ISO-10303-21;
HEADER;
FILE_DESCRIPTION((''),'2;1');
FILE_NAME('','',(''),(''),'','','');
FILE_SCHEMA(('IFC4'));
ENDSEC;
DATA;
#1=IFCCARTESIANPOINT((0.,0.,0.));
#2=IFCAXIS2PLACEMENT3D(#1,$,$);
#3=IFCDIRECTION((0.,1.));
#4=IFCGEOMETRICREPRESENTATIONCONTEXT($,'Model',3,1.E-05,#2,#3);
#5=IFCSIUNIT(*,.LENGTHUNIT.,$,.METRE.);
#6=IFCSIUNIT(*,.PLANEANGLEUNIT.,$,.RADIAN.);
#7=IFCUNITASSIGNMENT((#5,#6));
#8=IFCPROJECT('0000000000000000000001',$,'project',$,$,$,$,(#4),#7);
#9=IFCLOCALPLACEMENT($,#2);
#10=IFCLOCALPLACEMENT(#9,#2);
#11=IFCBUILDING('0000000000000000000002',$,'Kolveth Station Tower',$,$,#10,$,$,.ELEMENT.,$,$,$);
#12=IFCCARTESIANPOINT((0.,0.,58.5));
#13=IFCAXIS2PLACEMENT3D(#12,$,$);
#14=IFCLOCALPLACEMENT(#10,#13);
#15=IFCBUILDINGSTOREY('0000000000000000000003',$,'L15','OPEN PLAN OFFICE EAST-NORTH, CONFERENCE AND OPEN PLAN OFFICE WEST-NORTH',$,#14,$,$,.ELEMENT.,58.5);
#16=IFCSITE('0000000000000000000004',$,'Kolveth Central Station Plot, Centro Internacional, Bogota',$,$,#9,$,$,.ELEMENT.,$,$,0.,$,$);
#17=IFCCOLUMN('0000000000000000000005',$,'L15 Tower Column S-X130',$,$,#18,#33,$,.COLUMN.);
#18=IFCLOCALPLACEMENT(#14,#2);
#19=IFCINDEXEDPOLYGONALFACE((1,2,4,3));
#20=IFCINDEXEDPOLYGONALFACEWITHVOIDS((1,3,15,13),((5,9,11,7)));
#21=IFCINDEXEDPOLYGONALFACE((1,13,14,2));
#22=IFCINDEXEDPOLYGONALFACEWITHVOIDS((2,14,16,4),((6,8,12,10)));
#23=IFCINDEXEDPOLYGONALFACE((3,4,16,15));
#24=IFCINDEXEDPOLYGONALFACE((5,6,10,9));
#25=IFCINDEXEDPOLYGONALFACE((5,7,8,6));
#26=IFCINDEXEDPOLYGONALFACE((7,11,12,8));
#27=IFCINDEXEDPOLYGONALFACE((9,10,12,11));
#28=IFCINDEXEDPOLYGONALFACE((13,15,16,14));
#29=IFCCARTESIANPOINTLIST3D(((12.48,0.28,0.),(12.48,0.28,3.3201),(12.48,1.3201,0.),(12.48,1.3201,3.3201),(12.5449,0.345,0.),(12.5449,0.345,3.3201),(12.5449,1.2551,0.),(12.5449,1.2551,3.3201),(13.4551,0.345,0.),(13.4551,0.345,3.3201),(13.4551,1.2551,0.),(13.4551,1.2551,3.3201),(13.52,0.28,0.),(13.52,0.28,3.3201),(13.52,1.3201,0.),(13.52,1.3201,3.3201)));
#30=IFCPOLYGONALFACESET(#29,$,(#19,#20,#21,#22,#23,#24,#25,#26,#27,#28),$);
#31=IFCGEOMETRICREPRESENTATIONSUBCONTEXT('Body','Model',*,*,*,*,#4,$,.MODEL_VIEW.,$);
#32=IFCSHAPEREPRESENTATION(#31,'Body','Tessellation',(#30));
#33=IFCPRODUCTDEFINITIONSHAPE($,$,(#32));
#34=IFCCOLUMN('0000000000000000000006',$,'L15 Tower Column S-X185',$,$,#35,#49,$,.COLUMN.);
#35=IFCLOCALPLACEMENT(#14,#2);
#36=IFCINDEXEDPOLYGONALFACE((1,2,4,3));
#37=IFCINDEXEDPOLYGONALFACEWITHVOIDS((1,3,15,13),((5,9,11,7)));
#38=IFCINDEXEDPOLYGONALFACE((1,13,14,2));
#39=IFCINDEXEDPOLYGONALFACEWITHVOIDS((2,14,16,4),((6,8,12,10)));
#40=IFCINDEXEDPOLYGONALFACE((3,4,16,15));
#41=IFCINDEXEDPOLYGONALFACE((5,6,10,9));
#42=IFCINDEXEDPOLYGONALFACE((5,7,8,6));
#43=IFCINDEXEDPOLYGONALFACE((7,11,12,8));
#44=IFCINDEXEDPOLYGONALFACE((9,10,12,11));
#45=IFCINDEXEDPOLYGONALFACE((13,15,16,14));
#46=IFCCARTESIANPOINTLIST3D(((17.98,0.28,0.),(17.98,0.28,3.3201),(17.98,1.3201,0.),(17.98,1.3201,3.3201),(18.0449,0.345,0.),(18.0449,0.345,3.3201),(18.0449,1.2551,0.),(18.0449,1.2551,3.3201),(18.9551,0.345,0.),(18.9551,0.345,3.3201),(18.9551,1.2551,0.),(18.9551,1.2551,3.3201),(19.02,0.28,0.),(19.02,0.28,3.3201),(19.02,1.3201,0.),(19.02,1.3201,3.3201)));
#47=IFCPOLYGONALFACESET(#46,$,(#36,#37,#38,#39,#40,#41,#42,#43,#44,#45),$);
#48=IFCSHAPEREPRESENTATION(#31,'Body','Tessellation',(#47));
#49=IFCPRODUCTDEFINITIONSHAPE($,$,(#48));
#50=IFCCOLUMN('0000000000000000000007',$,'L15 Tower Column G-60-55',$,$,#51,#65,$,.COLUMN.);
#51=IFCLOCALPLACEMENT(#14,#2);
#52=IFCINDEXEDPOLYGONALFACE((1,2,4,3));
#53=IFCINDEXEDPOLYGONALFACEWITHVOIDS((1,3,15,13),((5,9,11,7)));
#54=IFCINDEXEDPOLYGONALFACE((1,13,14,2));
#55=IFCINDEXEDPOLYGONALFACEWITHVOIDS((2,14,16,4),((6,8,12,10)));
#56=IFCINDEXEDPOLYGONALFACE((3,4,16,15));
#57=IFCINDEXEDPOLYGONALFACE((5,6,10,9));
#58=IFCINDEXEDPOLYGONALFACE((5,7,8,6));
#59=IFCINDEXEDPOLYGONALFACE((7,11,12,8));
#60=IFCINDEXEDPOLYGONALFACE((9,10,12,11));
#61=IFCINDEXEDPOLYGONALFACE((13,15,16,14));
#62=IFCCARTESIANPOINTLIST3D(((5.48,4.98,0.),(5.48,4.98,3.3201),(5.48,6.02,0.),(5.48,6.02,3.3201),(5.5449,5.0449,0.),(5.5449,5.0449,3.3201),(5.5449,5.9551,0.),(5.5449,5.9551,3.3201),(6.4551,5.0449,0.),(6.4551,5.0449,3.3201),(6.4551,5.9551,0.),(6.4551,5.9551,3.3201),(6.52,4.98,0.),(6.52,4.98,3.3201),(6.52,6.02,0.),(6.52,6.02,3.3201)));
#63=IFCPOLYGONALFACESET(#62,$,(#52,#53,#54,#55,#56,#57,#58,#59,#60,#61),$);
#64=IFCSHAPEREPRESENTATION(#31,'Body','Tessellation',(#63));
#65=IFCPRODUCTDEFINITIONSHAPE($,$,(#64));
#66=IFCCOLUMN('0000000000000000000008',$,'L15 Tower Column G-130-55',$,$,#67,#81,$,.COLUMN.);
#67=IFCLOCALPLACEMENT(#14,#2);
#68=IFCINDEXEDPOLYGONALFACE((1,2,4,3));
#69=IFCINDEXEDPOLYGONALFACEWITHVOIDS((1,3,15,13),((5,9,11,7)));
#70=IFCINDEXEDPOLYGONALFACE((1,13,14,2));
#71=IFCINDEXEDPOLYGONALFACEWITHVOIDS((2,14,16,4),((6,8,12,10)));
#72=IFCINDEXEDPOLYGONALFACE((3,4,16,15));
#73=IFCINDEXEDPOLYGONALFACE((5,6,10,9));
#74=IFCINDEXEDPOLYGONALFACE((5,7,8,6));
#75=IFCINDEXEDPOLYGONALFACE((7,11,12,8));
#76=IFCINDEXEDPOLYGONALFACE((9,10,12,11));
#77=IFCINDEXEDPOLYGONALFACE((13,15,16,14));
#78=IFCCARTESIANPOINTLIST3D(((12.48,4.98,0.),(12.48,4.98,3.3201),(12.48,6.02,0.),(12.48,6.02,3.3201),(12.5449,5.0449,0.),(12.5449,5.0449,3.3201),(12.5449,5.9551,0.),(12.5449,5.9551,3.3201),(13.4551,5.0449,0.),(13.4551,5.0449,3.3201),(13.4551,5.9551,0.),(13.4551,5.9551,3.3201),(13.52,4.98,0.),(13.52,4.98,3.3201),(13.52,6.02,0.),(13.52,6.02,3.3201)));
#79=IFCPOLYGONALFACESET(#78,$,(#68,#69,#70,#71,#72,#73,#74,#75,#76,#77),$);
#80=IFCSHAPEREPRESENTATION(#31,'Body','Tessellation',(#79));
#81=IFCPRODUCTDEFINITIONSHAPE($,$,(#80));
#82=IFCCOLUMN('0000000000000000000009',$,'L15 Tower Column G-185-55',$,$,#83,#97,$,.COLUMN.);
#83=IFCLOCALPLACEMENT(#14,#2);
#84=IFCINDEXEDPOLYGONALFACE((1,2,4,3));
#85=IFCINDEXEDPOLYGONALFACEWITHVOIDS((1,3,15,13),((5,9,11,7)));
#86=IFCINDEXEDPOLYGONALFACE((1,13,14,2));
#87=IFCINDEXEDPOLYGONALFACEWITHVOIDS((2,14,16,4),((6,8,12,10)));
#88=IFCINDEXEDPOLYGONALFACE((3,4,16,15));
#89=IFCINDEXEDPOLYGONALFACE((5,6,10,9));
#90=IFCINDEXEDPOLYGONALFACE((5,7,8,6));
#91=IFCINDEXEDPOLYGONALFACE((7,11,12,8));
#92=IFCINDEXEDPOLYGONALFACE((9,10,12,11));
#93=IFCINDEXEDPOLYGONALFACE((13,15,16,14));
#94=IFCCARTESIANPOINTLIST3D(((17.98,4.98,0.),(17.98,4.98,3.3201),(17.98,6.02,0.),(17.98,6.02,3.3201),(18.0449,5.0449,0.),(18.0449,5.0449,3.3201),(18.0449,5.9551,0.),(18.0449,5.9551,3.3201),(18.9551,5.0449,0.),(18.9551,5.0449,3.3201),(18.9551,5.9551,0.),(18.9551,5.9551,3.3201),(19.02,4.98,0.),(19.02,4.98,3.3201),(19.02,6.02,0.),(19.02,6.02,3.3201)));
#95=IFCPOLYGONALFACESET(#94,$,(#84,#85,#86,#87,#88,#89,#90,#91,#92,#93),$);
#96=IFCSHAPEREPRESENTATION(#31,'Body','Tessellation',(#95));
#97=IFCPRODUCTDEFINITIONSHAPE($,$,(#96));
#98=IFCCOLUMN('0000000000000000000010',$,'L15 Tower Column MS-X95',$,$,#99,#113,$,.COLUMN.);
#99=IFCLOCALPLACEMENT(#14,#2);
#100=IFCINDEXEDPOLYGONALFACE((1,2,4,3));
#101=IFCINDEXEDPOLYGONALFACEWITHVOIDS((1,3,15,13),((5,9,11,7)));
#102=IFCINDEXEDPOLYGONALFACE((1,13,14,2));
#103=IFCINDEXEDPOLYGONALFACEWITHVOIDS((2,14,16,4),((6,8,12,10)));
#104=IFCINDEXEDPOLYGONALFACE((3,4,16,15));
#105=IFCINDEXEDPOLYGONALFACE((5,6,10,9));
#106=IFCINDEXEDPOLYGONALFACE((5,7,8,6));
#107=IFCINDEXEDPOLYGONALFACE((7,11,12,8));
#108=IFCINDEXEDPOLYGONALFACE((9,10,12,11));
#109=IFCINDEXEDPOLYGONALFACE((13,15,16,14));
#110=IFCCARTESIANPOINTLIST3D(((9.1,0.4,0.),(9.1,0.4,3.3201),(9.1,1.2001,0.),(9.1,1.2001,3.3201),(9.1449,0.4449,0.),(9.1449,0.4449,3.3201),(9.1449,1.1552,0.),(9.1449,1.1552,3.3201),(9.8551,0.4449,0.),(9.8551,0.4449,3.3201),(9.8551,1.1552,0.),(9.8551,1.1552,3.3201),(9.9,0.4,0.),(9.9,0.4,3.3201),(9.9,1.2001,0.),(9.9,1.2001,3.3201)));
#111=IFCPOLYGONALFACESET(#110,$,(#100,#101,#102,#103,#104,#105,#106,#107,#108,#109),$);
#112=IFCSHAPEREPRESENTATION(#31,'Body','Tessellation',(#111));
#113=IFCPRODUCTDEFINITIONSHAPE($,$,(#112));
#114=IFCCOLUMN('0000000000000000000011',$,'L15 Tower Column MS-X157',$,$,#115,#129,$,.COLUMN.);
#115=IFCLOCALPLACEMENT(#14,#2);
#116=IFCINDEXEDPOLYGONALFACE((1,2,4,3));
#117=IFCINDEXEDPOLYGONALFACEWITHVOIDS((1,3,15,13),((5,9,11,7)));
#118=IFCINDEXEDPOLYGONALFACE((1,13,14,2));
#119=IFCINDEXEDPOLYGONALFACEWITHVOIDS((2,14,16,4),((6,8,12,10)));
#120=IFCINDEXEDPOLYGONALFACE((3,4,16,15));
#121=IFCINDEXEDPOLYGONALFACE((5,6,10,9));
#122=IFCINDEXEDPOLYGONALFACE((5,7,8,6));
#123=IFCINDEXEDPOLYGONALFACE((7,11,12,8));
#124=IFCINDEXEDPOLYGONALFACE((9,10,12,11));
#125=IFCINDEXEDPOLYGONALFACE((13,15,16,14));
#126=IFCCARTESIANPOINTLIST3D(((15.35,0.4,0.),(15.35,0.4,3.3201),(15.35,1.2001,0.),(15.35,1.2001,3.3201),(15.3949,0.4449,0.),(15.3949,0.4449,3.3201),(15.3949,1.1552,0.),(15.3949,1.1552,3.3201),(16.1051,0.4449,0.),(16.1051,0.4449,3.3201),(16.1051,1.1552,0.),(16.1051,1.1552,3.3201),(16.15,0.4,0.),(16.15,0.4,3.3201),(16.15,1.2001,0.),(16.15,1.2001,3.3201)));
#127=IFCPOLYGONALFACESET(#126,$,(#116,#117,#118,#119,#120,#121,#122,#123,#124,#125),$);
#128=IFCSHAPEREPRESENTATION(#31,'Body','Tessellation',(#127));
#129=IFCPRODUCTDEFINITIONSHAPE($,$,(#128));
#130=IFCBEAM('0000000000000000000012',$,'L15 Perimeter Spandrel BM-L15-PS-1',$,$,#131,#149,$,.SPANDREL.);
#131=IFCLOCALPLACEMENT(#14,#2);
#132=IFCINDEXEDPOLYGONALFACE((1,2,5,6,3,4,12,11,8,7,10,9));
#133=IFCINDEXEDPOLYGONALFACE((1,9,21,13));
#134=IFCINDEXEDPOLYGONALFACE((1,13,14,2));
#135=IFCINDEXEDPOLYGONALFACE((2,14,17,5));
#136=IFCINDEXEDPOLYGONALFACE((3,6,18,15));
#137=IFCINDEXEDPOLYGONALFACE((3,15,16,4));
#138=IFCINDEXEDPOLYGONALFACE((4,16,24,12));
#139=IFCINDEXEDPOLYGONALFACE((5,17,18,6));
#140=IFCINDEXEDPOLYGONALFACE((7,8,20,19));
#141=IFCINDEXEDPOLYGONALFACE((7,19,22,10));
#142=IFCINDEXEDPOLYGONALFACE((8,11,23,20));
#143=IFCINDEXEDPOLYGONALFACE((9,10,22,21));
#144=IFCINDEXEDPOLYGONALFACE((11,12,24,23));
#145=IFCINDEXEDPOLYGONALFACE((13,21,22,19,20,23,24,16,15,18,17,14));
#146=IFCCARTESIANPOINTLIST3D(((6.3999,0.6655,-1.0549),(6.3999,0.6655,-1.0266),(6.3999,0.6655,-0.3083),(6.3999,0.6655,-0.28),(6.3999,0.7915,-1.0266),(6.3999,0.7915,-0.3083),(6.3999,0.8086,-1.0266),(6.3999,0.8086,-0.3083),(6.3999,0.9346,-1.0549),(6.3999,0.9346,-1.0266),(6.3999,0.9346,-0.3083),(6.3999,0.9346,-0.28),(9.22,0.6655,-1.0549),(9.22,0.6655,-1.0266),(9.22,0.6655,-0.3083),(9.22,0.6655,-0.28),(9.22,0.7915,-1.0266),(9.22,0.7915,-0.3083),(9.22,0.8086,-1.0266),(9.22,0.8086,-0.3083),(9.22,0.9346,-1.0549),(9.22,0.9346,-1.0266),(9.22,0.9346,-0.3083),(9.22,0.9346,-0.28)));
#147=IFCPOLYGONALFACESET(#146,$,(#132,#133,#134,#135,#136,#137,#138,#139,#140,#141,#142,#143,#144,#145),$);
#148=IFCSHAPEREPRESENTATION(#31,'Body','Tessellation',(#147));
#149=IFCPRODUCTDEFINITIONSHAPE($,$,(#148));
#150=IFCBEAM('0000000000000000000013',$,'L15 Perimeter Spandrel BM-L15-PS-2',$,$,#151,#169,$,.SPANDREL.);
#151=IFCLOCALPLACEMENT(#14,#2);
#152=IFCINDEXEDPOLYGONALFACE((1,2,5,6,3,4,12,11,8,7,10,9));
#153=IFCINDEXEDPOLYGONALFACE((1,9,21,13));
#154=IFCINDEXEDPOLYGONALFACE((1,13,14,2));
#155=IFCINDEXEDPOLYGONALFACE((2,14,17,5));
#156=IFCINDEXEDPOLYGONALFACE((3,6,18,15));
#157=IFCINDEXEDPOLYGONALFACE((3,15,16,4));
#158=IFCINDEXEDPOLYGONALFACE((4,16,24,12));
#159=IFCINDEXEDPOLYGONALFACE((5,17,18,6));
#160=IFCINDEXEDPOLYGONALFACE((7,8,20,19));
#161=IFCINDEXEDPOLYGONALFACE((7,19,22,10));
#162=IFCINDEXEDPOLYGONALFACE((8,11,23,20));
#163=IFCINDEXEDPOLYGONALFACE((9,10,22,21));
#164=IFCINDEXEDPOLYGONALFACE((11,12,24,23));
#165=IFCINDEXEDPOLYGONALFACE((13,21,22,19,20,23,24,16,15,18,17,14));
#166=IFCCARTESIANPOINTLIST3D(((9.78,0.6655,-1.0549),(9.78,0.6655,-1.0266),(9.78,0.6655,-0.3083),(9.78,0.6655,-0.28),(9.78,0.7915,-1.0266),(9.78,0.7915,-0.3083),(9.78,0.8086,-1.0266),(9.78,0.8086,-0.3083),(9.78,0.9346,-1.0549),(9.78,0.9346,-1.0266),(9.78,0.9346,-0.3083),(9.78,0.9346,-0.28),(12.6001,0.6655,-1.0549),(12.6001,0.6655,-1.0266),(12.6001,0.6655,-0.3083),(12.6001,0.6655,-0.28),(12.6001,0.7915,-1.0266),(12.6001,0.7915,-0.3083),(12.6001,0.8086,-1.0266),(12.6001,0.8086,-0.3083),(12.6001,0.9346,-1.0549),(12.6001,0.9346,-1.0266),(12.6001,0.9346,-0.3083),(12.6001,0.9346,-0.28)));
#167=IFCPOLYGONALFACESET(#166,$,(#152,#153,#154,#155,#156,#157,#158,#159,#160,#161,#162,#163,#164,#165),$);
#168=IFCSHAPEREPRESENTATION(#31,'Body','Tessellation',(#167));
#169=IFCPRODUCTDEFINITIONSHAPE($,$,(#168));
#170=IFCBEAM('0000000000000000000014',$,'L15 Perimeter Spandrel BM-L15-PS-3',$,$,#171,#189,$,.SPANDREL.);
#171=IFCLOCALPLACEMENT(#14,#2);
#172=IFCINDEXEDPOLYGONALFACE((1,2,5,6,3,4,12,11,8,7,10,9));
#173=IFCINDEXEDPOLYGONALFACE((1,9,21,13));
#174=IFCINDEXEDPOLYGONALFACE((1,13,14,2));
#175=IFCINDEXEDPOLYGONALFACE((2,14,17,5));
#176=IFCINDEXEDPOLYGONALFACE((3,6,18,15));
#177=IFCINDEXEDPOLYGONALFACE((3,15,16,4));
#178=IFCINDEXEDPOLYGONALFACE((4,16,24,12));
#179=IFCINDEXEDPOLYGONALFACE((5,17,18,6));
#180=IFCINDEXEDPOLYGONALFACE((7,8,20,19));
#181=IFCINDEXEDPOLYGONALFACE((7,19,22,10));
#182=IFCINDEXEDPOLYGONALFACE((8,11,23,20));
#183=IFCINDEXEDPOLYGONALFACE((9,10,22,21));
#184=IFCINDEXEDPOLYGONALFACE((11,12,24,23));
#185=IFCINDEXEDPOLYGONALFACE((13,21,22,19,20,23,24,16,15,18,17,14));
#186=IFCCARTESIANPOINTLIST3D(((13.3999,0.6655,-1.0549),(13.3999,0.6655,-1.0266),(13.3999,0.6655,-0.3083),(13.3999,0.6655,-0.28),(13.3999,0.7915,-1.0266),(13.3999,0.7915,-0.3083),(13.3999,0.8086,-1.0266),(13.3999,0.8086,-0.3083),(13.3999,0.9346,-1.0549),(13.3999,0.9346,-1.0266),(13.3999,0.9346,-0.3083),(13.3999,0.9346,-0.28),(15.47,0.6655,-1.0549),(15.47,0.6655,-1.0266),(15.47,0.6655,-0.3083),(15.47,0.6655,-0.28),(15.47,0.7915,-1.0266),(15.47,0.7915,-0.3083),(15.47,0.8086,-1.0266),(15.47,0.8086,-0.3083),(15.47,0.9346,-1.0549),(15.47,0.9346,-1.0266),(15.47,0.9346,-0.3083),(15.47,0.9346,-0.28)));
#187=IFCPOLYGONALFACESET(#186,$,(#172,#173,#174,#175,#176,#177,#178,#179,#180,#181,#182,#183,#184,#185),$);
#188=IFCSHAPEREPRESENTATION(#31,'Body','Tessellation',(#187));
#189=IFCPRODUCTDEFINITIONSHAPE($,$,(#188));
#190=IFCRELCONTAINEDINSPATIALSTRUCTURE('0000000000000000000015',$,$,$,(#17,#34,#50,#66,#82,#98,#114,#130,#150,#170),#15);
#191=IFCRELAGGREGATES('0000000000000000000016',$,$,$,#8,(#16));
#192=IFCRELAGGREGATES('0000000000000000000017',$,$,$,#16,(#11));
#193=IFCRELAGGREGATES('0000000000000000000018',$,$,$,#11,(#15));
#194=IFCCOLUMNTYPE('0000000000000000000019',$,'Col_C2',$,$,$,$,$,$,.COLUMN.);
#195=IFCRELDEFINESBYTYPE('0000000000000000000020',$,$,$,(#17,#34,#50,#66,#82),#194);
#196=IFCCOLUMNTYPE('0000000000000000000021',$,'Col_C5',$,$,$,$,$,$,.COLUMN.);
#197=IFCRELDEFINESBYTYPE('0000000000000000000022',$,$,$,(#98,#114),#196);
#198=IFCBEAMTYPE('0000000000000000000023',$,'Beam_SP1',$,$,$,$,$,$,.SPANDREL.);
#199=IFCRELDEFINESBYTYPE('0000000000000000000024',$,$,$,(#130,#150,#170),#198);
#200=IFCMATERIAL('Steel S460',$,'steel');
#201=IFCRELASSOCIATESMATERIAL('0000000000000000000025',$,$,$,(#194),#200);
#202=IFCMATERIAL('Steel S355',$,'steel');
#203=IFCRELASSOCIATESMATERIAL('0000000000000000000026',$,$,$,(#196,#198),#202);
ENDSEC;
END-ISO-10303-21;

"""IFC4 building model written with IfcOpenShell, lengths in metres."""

from ifc_helpers import new_model, si_unit, direction, frame, origin, origin_2d, place, context, subcontext, project, spatial, hollow_rectangle, i_section, extrude, source, transform, mapped, material, material_profile, profile_set, type_object, element, save


model = new_model("IFC4")

# Units and contexts
model_context = context("Model", 3, precision=1e-05, world=origin(), true_north=direction((0.0, 1.0)))
body_context = subcontext(model_context, "Body", "Model", "MODEL_VIEW")
ifc_project = project(units=[si_unit("LENGTHUNIT", "METRE"), si_unit("PLANEANGLEUNIT", "RADIAN")], contexts=[model_context])

# Site, building, storey
site_placement = place(None, origin())
site = spatial("IfcSite", under=ifc_project, at=site_placement, Name="Kolveth Central Station Plot, Centro Internacional, Bogota", CompositionType="ELEMENT", RefElevation=0.0)
building_placement = place(site_placement, origin())
building = spatial("IfcBuilding", under=site, at=building_placement, Name="Kolveth Station Tower", CompositionType="ELEMENT")
storey_placement = place(building_placement, frame((0.0, 0.0, 58.5)))
storey = spatial("IfcBuildingStorey", under=building, at=storey_placement, Name="L15", Description="OPEN PLAN OFFICE EAST-NORTH, CONFERENCE AND OPEN PLAN OFFICE WEST-NORTH", CompositionType="ELEMENT", Elevation=58.5)

# Columns
ifc_material_1 = material(Name="Steel S460", Category="steel")
ifc_material_profile_1 = material_profile(ifc_material_1, hollow_rectangle(XDim=1.04, YDim=1.04, WallThickness=0.0649, at=origin_2d()), Name="BOX1040x1040x65")
ifc_profile_set_1 = profile_set([ifc_material_profile_1], Name="Steel S460")
column_type_1 = type_object("IfcColumnType", Name="Col_C2", PredefinedType="COLUMN", material=ifc_profile_set_1)
shared_shape_1 = source(origin(), body_context, "Body", "SweptSolid", [
    extrude(hollow_rectangle(XDim=1.04, YDim=1.04, WallThickness=0.0649, at=origin_2d()), origin(), (0.0, 0.0, 1.0), 3.3201),
])
for number, where, z_axis, x_axis, name in (
    (1, (13.0, 0.8, 0.0), (0.0, 0.0, 1.0), (1.0, 0.0, 0.0), "L15 Tower Column S-X130"),
    (2, (18.5, 0.8, 0.0), (0.0, 0.0, 1.0), (1.0, 0.0, 0.0), "L15 Tower Column S-X185"),
    (3, (6.0, 5.5, 0.0), (0.0, 0.0, 1.0), (1.0, 0.0, 0.0), "L15 Tower Column G-60-55"),
    (4, (13.0, 5.5, 0.0), (0.0, 0.0, 1.0), (1.0, 0.0, 0.0), "L15 Tower Column G-130-55"),
    (5, (18.5, 5.5, 0.0), (0.0, 0.0, 1.0), (1.0, 0.0, 0.0), "L15 Tower Column G-185-55"),
):
    element("IfcColumn", number, at=place(storey_placement, frame(where, z_axis=z_axis, x_axis=x_axis)), inside=storey, type_object=column_type_1, Name=name, PredefinedType="COLUMN", context=body_context, shape_type="MappedRepresentation", body=[
        mapped(shared_shape_1, transform((0.0, 0.0, 0.0), x_axis=(1.0, 0.0, 0.0), y_axis=(0.0, 1.0, 0.0), z_axis=(0.0, 0.0, 1.0), scale=1.0)),
    ])
ifc_material_2 = material(Name="Steel S355", Category="steel")
ifc_material_profile_2 = material_profile(ifc_material_2, hollow_rectangle(XDim=0.8, YDim=0.8, WallThickness=0.0449, at=origin_2d()), Name="BOX800x800x45")
ifc_profile_set_2 = profile_set([ifc_material_profile_2], Name="Steel S355")
column_type_2 = type_object("IfcColumnType", Name="Col_C5", PredefinedType="COLUMN", material=ifc_profile_set_2)
shared_shape_2 = source(origin(), body_context, "Body", "SweptSolid", [
    extrude(hollow_rectangle(XDim=0.8, YDim=0.8, WallThickness=0.0449, at=origin_2d()), origin(), (0.0, 0.0, 1.0), 3.3201),
])
for number, where, z_axis, x_axis, name in (
    (6, (9.5, 0.8, 0.0), (0.0, 0.0, 1.0), (1.0, 0.0, 0.0), "L15 Tower Column MS-X95"),
    (7, (15.75, 0.8, 0.0), (0.0, 0.0, 1.0), (1.0, 0.0, 0.0), "L15 Tower Column MS-X157"),
):
    element("IfcColumn", number, at=place(storey_placement, frame(where, z_axis=z_axis, x_axis=x_axis)), inside=storey, type_object=column_type_2, Name=name, PredefinedType="COLUMN", context=body_context, shape_type="MappedRepresentation", body=[
        mapped(shared_shape_2, transform((0.0, 0.0, 0.0), x_axis=(1.0, 0.0, 0.0), y_axis=(0.0, 1.0, 0.0), z_axis=(0.0, 0.0, 1.0), scale=1.0)),
    ])

# Beams
ifc_material_profile_3 = material_profile(ifc_material_2, i_section(OverallWidth=0.269, OverallDepth=0.7749, WebThickness=0.0171, FlangeThickness=0.0283, at=origin_2d()), Name="W760x220")
ifc_profile_set_3 = profile_set([ifc_material_profile_3], Name="Steel S355")
beam_type_1 = type_object("IfcBeamType", Name="Beam_SP1", PredefinedType="SPANDREL", material=ifc_profile_set_3)
shared_shape_3 = source(origin(), body_context, "Body", "SweptSolid", [
    extrude(i_section(OverallWidth=0.269, OverallDepth=0.7749, WebThickness=0.0171, FlangeThickness=0.0283, at=origin_2d()), origin(), (0.0, 0.0, 1.0), 2.8201),
])
for number, where, z_axis, x_axis, name in (
    (8, (6.3999, 0.8, -0.6675), (1.0, 0.0, 0.0), (0.0, 1.0, 0.0), "L15 Perimeter Spandrel BM-L15-PS-1"),
    (9, (9.78, 0.8, -0.6675), (1.0, 0.0, 0.0), (0.0, 1.0, 0.0), "L15 Perimeter Spandrel BM-L15-PS-2"),
):
    element("IfcBeam", number, at=place(storey_placement, frame(where, z_axis=z_axis, x_axis=x_axis)), inside=storey, type_object=beam_type_1, Name=name, PredefinedType="SPANDREL", context=body_context, shape_type="MappedRepresentation", body=[
        mapped(shared_shape_3, transform((0.0, 0.0, 0.0), x_axis=(1.0, 0.0, 0.0), y_axis=(0.0, 1.0, 0.0), z_axis=(0.0, 0.0, 1.0), scale=1.0)),
    ])
shared_shape_4 = source(origin(), body_context, "Body", "SweptSolid", [
    extrude(i_section(OverallWidth=0.269, OverallDepth=0.7749, WebThickness=0.0171, FlangeThickness=0.0283, at=origin_2d()), origin(), (0.0, 0.0, 1.0), 2.0701),
])
for number, where, z_axis, x_axis, name in (
    (10, (13.3999, 0.8, -0.6675), (1.0, 0.0, 0.0), (0.0, 1.0, 0.0), "L15 Perimeter Spandrel BM-L15-PS-3"),
):
    element("IfcBeam", number, at=place(storey_placement, frame(where, z_axis=z_axis, x_axis=x_axis)), inside=storey, type_object=beam_type_1, Name=name, PredefinedType="SPANDREL", context=body_context, shape_type="MappedRepresentation", body=[
        mapped(shared_shape_4, transform((0.0, 0.0, 0.0), x_axis=(1.0, 0.0, 0.0), y_axis=(0.0, 1.0, 0.0), z_axis=(0.0, 0.0, 1.0), scale=1.0)),
    ])

save(model, "model.ifc")
